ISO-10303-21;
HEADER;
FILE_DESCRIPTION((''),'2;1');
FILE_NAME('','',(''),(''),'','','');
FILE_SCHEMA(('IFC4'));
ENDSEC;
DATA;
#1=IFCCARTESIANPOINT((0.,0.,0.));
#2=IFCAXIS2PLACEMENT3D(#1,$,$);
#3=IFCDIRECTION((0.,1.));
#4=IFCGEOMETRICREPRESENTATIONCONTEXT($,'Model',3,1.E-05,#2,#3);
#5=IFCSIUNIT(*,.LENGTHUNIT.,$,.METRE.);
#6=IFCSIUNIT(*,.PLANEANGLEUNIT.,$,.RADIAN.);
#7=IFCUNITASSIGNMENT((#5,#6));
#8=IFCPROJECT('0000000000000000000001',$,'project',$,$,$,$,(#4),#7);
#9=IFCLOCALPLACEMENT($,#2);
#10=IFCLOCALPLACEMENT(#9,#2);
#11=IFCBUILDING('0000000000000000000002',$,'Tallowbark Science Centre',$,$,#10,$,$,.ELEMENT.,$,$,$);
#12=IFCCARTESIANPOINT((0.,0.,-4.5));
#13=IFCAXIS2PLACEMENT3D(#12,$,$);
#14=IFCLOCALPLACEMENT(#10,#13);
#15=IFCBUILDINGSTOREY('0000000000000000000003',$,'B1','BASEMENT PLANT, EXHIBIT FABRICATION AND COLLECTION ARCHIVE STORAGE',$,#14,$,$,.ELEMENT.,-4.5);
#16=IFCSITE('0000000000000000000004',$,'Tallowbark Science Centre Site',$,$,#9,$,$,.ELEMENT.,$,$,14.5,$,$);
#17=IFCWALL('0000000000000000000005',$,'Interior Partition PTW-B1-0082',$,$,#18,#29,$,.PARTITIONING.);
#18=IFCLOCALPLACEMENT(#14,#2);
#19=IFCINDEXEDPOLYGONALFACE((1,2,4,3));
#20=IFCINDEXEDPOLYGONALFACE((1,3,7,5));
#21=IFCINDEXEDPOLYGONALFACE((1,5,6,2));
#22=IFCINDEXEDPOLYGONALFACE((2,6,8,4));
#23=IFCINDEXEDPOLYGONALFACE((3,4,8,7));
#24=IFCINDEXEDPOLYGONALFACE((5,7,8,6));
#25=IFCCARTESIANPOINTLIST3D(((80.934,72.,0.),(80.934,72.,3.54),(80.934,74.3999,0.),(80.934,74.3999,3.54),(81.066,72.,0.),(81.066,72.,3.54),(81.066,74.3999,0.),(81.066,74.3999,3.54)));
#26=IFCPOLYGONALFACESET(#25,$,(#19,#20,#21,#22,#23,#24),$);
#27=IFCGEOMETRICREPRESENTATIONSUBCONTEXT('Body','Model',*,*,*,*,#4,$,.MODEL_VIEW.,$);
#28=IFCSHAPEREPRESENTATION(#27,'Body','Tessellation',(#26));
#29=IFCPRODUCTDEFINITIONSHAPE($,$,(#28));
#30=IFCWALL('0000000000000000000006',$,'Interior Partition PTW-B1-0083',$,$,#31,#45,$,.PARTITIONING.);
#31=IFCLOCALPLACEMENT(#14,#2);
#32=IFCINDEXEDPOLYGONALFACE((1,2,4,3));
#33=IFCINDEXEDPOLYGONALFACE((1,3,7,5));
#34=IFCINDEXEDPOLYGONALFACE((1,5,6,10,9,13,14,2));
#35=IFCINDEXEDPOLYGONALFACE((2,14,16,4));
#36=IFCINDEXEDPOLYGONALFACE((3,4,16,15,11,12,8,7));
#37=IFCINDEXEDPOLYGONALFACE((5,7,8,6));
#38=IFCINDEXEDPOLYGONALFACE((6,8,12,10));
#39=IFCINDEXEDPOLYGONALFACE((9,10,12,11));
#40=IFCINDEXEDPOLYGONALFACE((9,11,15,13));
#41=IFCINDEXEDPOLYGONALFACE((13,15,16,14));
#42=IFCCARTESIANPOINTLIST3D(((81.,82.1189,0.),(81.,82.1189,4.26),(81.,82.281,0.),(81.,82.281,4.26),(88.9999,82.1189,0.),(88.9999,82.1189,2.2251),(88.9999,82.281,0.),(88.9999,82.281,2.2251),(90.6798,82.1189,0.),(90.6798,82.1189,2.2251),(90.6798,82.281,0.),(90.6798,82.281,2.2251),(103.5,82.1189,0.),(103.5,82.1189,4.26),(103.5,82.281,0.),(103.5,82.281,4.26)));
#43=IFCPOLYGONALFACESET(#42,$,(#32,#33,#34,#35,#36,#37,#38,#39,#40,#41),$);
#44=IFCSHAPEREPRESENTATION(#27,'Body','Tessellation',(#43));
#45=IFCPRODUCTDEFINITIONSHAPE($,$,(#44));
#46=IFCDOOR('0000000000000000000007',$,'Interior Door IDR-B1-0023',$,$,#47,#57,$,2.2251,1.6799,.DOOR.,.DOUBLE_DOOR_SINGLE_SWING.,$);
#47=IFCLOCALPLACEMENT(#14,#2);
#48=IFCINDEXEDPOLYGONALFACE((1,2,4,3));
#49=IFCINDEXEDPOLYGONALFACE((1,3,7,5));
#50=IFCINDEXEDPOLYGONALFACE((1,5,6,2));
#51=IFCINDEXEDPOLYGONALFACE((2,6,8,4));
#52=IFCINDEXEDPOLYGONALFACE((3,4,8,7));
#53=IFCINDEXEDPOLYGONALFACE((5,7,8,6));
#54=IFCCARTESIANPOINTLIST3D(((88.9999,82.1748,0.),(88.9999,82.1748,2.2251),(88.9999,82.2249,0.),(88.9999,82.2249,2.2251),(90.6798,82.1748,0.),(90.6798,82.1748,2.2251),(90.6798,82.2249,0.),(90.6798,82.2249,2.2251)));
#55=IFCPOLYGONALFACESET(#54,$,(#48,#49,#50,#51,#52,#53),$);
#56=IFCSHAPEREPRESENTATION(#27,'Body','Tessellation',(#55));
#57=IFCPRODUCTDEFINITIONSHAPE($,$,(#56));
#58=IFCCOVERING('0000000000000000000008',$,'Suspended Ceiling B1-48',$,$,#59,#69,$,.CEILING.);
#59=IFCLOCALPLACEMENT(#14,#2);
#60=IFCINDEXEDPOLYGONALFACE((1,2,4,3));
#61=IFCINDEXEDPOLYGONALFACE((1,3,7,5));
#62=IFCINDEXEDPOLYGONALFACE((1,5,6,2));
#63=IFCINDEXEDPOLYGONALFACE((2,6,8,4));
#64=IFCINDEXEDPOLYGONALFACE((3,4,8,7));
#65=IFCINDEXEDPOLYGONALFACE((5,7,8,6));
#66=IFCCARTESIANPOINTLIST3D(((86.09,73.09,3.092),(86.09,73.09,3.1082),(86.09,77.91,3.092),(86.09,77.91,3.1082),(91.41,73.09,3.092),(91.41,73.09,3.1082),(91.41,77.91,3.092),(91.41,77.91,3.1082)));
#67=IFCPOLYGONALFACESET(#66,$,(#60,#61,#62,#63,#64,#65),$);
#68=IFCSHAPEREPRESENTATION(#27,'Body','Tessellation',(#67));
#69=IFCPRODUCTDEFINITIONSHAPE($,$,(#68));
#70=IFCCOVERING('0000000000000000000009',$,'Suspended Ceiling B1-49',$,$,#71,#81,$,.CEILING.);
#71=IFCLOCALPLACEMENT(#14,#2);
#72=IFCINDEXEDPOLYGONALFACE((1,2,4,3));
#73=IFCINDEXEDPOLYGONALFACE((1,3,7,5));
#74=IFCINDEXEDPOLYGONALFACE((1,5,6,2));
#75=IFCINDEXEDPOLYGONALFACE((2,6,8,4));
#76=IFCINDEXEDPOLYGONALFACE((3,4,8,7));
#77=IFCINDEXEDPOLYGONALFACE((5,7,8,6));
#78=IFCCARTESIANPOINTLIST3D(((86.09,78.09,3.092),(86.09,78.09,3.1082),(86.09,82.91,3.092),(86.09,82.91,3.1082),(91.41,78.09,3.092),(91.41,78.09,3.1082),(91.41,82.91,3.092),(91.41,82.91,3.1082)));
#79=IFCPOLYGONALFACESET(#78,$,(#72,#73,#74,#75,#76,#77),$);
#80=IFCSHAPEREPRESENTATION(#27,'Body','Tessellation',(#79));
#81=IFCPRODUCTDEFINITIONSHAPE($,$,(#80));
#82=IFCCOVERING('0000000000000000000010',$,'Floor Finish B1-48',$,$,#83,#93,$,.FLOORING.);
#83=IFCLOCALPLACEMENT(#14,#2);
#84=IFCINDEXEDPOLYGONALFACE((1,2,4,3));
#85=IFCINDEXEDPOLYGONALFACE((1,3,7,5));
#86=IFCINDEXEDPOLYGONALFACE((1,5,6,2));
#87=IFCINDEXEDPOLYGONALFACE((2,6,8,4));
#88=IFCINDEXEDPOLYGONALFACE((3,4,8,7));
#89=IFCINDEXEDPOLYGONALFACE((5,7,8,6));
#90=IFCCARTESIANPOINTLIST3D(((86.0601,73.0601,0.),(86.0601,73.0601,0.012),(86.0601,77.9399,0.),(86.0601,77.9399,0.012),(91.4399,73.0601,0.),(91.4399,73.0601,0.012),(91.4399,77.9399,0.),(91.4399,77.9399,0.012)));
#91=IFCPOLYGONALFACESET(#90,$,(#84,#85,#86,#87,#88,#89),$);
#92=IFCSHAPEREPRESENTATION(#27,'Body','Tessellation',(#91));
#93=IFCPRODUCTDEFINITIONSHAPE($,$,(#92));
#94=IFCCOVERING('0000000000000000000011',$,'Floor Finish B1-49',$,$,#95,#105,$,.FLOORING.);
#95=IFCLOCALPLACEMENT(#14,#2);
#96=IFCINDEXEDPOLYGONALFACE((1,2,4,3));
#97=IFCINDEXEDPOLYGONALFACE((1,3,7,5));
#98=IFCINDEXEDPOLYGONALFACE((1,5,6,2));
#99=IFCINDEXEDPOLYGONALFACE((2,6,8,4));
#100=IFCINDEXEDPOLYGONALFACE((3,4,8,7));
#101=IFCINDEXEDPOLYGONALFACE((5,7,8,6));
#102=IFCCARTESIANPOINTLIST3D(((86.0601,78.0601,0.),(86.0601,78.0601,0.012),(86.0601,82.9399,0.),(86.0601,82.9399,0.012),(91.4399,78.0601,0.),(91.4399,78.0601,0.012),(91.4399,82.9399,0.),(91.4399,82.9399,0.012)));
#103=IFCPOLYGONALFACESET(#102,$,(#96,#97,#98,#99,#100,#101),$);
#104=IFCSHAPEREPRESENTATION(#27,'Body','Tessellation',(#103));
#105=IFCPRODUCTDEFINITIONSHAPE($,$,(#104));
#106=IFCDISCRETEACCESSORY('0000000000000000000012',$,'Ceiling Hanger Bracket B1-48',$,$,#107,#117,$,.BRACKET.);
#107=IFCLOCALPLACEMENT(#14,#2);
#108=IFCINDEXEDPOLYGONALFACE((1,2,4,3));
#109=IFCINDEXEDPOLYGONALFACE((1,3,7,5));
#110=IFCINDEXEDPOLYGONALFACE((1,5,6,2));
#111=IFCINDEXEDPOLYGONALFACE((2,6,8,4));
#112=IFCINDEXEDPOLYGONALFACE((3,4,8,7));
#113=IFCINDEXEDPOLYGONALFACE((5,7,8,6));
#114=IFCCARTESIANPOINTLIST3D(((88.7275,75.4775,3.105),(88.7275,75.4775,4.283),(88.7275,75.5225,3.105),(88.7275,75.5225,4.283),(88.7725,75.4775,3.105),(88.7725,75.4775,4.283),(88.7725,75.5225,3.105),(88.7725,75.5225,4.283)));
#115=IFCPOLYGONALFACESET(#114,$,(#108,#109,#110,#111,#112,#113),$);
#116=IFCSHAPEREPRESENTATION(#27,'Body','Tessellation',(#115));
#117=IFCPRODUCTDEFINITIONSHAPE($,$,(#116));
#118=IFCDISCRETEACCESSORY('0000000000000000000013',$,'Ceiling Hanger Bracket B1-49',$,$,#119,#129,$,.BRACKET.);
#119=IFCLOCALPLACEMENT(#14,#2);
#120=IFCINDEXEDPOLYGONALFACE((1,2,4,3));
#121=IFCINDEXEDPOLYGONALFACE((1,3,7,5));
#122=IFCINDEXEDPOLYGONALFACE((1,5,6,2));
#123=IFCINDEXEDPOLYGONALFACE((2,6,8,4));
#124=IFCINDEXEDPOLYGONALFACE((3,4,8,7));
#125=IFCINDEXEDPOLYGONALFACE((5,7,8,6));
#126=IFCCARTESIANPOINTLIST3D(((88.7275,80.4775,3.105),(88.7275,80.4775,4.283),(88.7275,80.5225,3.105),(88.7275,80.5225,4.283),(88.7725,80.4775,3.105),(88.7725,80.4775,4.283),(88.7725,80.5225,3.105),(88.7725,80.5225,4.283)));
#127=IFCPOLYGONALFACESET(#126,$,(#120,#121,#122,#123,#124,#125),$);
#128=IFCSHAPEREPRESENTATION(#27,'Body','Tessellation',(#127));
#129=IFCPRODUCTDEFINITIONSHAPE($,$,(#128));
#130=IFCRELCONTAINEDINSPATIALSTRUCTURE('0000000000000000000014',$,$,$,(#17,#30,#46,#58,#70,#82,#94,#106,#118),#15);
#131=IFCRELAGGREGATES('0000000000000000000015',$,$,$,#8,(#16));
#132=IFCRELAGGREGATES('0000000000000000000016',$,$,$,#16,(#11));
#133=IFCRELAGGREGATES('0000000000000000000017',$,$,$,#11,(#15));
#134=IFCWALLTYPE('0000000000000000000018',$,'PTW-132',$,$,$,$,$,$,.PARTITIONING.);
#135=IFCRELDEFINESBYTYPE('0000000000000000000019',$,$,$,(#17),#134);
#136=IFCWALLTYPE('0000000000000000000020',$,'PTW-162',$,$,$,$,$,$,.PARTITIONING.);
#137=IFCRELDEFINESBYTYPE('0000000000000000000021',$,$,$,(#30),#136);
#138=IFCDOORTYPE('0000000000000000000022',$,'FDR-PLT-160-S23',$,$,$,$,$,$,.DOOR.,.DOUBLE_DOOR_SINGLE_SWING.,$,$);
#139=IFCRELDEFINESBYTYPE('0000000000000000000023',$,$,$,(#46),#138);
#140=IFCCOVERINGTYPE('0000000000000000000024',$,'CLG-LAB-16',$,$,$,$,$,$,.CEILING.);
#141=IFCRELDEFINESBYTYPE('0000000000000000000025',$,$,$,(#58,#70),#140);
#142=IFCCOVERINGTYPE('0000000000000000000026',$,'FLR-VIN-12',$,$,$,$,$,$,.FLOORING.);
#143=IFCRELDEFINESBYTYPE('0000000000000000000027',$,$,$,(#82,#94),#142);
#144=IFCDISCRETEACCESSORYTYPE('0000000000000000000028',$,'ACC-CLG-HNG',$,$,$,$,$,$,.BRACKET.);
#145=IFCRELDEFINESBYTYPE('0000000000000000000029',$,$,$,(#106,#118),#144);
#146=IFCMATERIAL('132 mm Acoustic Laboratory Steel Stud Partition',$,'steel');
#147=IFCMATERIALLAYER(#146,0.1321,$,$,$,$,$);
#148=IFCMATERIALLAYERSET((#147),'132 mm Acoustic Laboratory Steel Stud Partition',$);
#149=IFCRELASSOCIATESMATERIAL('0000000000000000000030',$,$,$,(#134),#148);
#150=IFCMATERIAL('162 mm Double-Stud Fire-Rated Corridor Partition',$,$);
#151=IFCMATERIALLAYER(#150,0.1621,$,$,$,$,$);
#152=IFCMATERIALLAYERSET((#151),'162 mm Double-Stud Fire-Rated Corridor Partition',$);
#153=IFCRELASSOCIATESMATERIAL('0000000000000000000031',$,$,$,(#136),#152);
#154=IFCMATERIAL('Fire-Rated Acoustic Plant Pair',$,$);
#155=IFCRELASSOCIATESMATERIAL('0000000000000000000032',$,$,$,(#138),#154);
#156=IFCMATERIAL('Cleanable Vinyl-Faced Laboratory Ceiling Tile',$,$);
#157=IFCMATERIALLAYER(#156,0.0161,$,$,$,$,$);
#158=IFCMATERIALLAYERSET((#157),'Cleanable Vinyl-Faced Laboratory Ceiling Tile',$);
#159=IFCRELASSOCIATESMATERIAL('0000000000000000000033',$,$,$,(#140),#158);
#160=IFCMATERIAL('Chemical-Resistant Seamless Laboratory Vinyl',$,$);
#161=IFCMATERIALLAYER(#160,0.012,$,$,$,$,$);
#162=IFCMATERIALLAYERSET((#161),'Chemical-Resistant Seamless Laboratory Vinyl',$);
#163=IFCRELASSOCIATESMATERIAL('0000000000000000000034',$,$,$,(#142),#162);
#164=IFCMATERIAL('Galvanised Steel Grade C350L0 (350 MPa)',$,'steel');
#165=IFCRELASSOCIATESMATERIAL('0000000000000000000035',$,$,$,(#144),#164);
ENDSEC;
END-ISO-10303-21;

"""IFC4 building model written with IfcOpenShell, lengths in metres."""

from ifc_helpers import new_model, si_unit, direction, frame, frame_2d, origin, origin_2d, place, context, subcontext, project, spatial, rectangle, extrude, material, layer, layer_set, type_object, element, fill, save


model = new_model("IFC4")

# Units and contexts
model_context = context("Model", 3, precision=1e-05, world=origin(), true_north=direction((0.0, 1.0)))
body_context = subcontext(model_context, "Body", "Model", "MODEL_VIEW")
ifc_project = project(units=[si_unit("LENGTHUNIT", "METRE"), si_unit("PLANEANGLEUNIT", "RADIAN")], contexts=[model_context])

# Site, building, storey
site_placement = place(None, origin())
site = spatial("IfcSite", under=ifc_project, at=site_placement, Name="Tallowbark Science Centre Site", CompositionType="ELEMENT", RefElevation=14.5)
building_placement = place(site_placement, origin())
building = spatial("IfcBuilding", under=site, at=building_placement, Name="Tallowbark Science Centre", CompositionType="ELEMENT")
storey_placement = place(building_placement, frame((0.0, 0.0, -4.5)))
storey = spatial("IfcBuildingStorey", under=building, at=storey_placement, Name="B1", Description="BASEMENT PLANT, EXHIBIT FABRICATION AND COLLECTION ARCHIVE STORAGE", CompositionType="ELEMENT", Elevation=-4.5)

# Wall
ifc_material_1 = material(Name="132 mm Acoustic Laboratory Steel Stud Partition", Category="steel")
ifc_layer_1 = layer(ifc_material_1, 0.1321)
ifc_layer_set_1 = layer_set([ifc_layer_1], Name="132 mm Acoustic Laboratory Steel Stud Partition")
wall_type_1 = type_object("IfcWallType", Name="PTW-132", PredefinedType="PARTITIONING", material=ifc_layer_set_1)
wall_1_placement = place(storey_placement, frame((81.0, 72.0, 0.0), z_axis=(0.0, 0.0, 1.0), x_axis=(0.0, 1.0, 0.0)))
element("IfcWall", 1, at=wall_1_placement, inside=storey, type_object=wall_type_1, Name="Interior Partition PTW-B1-0082", PredefinedType="PARTITIONING", context=body_context, shape_type="SweptSolid", body=[
    extrude(rectangle(XDim=2.3999, YDim=0.1321, at=frame_2d((1.2, 0.0))), origin(), (0.0, 0.0, 1.0), 3.54),
])

# Wall, opening, door
ifc_material_2 = material(Name="162 mm Double-Stud Fire-Rated Corridor Partition")
ifc_layer_2 = layer(ifc_material_2, 0.1621)
ifc_layer_set_2 = layer_set([ifc_layer_2], Name="162 mm Double-Stud Fire-Rated Corridor Partition")
wall_type_2 = type_object("IfcWallType", Name="PTW-162", PredefinedType="PARTITIONING", material=ifc_layer_set_2)
wall_2_placement = place(storey_placement, frame((81.0, 82.2, 0.0), z_axis=(0.0, 0.0, 1.0), x_axis=(1.0, 0.0, 0.0)))
wall_2 = element("IfcWall", 2, at=wall_2_placement, inside=storey, type_object=wall_type_2, Name="Interior Partition PTW-B1-0083", PredefinedType="PARTITIONING", context=body_context, shape_type="SweptSolid", body=[
    extrude(rectangle(XDim=22.5, YDim=0.1621, at=frame_2d((11.25, 0.0))), origin(), (0.0, 0.0, 1.0), 4.26),
])
opening_placement = place(wall_2_placement, frame((8.0, 0.0, 0.0)))
opening = element("IfcOpeningElement", 3, at=opening_placement, cuts=wall_2, PredefinedType="OPENING", context=body_context, shape_type="SweptSolid", body=[
    extrude(rectangle(XDim=1.6799, YDim=2.2251, at=frame_2d((0.8398, 1.1125))), frame((0.0, 0.0911, 0.0), z_axis=(0.0, -1.0, 0.0), x_axis=(1.0, 0.0, 0.0)), (0.0, 0.0, 1.0), 0.1821),
])
ifc_material_3 = material(Name="Fire-Rated Acoustic Plant Pair")
door_type = type_object("IfcDoorType", Name="FDR-PLT-160-S23", OperationType="DOUBLE_DOOR_SINGLE_SWING", PredefinedType="DOOR", material=ifc_material_3)
door_placement = place(opening_placement, origin())
door = element("IfcDoor", 4, at=door_placement, inside=storey, type_object=door_type, Name="Interior Door IDR-B1-0023", OperationType="DOUBLE_DOOR_SINGLE_SWING", OverallHeight=2.2251, OverallWidth=1.6799, PredefinedType="DOOR", context=body_context, shape_type="SweptSolid", body=[
    extrude(rectangle(XDim=1.6799, YDim=2.2251, at=frame_2d((0.8398, 1.1125))), frame((0.0, 0.0249, 0.0), z_axis=(0.0, -1.0, 0.0), x_axis=(1.0, 0.0, 0.0)), (0.0, 0.0, 1.0), 0.05),
])
fill(opening, door)

# Coverings
ifc_material_4 = material(Name="Cleanable Vinyl-Faced Laboratory Ceiling Tile")
ifc_layer_3 = layer(ifc_material_4, 0.0161)
ifc_layer_set_3 = layer_set([ifc_layer_3], Name="Cleanable Vinyl-Faced Laboratory Ceiling Tile")
covering_type_1 = type_object("IfcCoveringType", Name="CLG-LAB-16", PredefinedType="CEILING", material=ifc_layer_set_3)
for number, where, z_axis, x_axis, name in (
    (5, (88.75, 75.5, 3.092), (0.0, 0.0, 1.0), (1.0, 0.0, 0.0), "Suspended Ceiling B1-48"),
    (6, (88.75, 80.5, 3.092), (0.0, 0.0, 1.0), (1.0, 0.0, 0.0), "Suspended Ceiling B1-49"),
):
    element("IfcCovering", number, at=place(storey_placement, frame(where, z_axis=z_axis, x_axis=x_axis)), inside=storey, type_object=covering_type_1, Name=name, PredefinedType="CEILING", context=body_context, shape_type="SweptSolid", body=[
        extrude(rectangle(XDim=5.3201, YDim=4.8201, at=origin_2d()), origin(), (0.0, 0.0, 1.0), 0.0161),
    ])
ifc_material_5 = material(Name="Chemical-Resistant Seamless Laboratory Vinyl")
ifc_layer_4 = layer(ifc_material_5, 0.012)
ifc_layer_set_4 = layer_set([ifc_layer_4], Name="Chemical-Resistant Seamless Laboratory Vinyl")
covering_type_2 = type_object("IfcCoveringType", Name="FLR-VIN-12", PredefinedType="FLOORING", material=ifc_layer_set_4)
for number, where, z_axis, x_axis, name in (
    (7, (88.75, 75.5, 0.0), (0.0, 0.0, 1.0), (1.0, 0.0, 0.0), "Floor Finish B1-48"),
    (8, (88.75, 80.5, 0.0), (0.0, 0.0, 1.0), (1.0, 0.0, 0.0), "Floor Finish B1-49"),
):
    element("IfcCovering", number, at=place(storey_placement, frame(where, z_axis=z_axis, x_axis=x_axis)), inside=storey, type_object=covering_type_2, Name=name, PredefinedType="FLOORING", context=body_context, shape_type="SweptSolid", body=[
        extrude(rectangle(XDim=5.3799, YDim=4.8799, at=origin_2d()), origin(), (0.0, 0.0, 1.0), 0.012),
    ])

# Discrete accessories
ifc_material_6 = material(Name="Galvanised Steel Grade C350L0 (350 MPa)", Category="steel")
discrete_accessory_type = type_object("IfcDiscreteAccessoryType", Name="ACC-CLG-HNG", PredefinedType="BRACKET", material=ifc_material_6)
for number, where, z_axis, x_axis, name in (
    (9, (88.75, 75.5, 3.105), (0.0, 0.0, 1.0), (1.0, 0.0, 0.0), "Ceiling Hanger Bracket B1-48"),
    (10, (88.75, 80.5, 3.105), (0.0, 0.0, 1.0), (1.0, 0.0, 0.0), "Ceiling Hanger Bracket B1-49"),
):
    element("IfcDiscreteAccessory", number, at=place(storey_placement, frame(where, z_axis=z_axis, x_axis=x_axis)), inside=storey, type_object=discrete_accessory_type, Name=name, PredefinedType="BRACKET", context=body_context, shape_type="SweptSolid", body=[
        extrude(rectangle(XDim=0.0449, YDim=0.0449, at=origin_2d()), origin(), (0.0, 0.0, 1.0), 1.178),
    ])

save(model, "model.ifc")
